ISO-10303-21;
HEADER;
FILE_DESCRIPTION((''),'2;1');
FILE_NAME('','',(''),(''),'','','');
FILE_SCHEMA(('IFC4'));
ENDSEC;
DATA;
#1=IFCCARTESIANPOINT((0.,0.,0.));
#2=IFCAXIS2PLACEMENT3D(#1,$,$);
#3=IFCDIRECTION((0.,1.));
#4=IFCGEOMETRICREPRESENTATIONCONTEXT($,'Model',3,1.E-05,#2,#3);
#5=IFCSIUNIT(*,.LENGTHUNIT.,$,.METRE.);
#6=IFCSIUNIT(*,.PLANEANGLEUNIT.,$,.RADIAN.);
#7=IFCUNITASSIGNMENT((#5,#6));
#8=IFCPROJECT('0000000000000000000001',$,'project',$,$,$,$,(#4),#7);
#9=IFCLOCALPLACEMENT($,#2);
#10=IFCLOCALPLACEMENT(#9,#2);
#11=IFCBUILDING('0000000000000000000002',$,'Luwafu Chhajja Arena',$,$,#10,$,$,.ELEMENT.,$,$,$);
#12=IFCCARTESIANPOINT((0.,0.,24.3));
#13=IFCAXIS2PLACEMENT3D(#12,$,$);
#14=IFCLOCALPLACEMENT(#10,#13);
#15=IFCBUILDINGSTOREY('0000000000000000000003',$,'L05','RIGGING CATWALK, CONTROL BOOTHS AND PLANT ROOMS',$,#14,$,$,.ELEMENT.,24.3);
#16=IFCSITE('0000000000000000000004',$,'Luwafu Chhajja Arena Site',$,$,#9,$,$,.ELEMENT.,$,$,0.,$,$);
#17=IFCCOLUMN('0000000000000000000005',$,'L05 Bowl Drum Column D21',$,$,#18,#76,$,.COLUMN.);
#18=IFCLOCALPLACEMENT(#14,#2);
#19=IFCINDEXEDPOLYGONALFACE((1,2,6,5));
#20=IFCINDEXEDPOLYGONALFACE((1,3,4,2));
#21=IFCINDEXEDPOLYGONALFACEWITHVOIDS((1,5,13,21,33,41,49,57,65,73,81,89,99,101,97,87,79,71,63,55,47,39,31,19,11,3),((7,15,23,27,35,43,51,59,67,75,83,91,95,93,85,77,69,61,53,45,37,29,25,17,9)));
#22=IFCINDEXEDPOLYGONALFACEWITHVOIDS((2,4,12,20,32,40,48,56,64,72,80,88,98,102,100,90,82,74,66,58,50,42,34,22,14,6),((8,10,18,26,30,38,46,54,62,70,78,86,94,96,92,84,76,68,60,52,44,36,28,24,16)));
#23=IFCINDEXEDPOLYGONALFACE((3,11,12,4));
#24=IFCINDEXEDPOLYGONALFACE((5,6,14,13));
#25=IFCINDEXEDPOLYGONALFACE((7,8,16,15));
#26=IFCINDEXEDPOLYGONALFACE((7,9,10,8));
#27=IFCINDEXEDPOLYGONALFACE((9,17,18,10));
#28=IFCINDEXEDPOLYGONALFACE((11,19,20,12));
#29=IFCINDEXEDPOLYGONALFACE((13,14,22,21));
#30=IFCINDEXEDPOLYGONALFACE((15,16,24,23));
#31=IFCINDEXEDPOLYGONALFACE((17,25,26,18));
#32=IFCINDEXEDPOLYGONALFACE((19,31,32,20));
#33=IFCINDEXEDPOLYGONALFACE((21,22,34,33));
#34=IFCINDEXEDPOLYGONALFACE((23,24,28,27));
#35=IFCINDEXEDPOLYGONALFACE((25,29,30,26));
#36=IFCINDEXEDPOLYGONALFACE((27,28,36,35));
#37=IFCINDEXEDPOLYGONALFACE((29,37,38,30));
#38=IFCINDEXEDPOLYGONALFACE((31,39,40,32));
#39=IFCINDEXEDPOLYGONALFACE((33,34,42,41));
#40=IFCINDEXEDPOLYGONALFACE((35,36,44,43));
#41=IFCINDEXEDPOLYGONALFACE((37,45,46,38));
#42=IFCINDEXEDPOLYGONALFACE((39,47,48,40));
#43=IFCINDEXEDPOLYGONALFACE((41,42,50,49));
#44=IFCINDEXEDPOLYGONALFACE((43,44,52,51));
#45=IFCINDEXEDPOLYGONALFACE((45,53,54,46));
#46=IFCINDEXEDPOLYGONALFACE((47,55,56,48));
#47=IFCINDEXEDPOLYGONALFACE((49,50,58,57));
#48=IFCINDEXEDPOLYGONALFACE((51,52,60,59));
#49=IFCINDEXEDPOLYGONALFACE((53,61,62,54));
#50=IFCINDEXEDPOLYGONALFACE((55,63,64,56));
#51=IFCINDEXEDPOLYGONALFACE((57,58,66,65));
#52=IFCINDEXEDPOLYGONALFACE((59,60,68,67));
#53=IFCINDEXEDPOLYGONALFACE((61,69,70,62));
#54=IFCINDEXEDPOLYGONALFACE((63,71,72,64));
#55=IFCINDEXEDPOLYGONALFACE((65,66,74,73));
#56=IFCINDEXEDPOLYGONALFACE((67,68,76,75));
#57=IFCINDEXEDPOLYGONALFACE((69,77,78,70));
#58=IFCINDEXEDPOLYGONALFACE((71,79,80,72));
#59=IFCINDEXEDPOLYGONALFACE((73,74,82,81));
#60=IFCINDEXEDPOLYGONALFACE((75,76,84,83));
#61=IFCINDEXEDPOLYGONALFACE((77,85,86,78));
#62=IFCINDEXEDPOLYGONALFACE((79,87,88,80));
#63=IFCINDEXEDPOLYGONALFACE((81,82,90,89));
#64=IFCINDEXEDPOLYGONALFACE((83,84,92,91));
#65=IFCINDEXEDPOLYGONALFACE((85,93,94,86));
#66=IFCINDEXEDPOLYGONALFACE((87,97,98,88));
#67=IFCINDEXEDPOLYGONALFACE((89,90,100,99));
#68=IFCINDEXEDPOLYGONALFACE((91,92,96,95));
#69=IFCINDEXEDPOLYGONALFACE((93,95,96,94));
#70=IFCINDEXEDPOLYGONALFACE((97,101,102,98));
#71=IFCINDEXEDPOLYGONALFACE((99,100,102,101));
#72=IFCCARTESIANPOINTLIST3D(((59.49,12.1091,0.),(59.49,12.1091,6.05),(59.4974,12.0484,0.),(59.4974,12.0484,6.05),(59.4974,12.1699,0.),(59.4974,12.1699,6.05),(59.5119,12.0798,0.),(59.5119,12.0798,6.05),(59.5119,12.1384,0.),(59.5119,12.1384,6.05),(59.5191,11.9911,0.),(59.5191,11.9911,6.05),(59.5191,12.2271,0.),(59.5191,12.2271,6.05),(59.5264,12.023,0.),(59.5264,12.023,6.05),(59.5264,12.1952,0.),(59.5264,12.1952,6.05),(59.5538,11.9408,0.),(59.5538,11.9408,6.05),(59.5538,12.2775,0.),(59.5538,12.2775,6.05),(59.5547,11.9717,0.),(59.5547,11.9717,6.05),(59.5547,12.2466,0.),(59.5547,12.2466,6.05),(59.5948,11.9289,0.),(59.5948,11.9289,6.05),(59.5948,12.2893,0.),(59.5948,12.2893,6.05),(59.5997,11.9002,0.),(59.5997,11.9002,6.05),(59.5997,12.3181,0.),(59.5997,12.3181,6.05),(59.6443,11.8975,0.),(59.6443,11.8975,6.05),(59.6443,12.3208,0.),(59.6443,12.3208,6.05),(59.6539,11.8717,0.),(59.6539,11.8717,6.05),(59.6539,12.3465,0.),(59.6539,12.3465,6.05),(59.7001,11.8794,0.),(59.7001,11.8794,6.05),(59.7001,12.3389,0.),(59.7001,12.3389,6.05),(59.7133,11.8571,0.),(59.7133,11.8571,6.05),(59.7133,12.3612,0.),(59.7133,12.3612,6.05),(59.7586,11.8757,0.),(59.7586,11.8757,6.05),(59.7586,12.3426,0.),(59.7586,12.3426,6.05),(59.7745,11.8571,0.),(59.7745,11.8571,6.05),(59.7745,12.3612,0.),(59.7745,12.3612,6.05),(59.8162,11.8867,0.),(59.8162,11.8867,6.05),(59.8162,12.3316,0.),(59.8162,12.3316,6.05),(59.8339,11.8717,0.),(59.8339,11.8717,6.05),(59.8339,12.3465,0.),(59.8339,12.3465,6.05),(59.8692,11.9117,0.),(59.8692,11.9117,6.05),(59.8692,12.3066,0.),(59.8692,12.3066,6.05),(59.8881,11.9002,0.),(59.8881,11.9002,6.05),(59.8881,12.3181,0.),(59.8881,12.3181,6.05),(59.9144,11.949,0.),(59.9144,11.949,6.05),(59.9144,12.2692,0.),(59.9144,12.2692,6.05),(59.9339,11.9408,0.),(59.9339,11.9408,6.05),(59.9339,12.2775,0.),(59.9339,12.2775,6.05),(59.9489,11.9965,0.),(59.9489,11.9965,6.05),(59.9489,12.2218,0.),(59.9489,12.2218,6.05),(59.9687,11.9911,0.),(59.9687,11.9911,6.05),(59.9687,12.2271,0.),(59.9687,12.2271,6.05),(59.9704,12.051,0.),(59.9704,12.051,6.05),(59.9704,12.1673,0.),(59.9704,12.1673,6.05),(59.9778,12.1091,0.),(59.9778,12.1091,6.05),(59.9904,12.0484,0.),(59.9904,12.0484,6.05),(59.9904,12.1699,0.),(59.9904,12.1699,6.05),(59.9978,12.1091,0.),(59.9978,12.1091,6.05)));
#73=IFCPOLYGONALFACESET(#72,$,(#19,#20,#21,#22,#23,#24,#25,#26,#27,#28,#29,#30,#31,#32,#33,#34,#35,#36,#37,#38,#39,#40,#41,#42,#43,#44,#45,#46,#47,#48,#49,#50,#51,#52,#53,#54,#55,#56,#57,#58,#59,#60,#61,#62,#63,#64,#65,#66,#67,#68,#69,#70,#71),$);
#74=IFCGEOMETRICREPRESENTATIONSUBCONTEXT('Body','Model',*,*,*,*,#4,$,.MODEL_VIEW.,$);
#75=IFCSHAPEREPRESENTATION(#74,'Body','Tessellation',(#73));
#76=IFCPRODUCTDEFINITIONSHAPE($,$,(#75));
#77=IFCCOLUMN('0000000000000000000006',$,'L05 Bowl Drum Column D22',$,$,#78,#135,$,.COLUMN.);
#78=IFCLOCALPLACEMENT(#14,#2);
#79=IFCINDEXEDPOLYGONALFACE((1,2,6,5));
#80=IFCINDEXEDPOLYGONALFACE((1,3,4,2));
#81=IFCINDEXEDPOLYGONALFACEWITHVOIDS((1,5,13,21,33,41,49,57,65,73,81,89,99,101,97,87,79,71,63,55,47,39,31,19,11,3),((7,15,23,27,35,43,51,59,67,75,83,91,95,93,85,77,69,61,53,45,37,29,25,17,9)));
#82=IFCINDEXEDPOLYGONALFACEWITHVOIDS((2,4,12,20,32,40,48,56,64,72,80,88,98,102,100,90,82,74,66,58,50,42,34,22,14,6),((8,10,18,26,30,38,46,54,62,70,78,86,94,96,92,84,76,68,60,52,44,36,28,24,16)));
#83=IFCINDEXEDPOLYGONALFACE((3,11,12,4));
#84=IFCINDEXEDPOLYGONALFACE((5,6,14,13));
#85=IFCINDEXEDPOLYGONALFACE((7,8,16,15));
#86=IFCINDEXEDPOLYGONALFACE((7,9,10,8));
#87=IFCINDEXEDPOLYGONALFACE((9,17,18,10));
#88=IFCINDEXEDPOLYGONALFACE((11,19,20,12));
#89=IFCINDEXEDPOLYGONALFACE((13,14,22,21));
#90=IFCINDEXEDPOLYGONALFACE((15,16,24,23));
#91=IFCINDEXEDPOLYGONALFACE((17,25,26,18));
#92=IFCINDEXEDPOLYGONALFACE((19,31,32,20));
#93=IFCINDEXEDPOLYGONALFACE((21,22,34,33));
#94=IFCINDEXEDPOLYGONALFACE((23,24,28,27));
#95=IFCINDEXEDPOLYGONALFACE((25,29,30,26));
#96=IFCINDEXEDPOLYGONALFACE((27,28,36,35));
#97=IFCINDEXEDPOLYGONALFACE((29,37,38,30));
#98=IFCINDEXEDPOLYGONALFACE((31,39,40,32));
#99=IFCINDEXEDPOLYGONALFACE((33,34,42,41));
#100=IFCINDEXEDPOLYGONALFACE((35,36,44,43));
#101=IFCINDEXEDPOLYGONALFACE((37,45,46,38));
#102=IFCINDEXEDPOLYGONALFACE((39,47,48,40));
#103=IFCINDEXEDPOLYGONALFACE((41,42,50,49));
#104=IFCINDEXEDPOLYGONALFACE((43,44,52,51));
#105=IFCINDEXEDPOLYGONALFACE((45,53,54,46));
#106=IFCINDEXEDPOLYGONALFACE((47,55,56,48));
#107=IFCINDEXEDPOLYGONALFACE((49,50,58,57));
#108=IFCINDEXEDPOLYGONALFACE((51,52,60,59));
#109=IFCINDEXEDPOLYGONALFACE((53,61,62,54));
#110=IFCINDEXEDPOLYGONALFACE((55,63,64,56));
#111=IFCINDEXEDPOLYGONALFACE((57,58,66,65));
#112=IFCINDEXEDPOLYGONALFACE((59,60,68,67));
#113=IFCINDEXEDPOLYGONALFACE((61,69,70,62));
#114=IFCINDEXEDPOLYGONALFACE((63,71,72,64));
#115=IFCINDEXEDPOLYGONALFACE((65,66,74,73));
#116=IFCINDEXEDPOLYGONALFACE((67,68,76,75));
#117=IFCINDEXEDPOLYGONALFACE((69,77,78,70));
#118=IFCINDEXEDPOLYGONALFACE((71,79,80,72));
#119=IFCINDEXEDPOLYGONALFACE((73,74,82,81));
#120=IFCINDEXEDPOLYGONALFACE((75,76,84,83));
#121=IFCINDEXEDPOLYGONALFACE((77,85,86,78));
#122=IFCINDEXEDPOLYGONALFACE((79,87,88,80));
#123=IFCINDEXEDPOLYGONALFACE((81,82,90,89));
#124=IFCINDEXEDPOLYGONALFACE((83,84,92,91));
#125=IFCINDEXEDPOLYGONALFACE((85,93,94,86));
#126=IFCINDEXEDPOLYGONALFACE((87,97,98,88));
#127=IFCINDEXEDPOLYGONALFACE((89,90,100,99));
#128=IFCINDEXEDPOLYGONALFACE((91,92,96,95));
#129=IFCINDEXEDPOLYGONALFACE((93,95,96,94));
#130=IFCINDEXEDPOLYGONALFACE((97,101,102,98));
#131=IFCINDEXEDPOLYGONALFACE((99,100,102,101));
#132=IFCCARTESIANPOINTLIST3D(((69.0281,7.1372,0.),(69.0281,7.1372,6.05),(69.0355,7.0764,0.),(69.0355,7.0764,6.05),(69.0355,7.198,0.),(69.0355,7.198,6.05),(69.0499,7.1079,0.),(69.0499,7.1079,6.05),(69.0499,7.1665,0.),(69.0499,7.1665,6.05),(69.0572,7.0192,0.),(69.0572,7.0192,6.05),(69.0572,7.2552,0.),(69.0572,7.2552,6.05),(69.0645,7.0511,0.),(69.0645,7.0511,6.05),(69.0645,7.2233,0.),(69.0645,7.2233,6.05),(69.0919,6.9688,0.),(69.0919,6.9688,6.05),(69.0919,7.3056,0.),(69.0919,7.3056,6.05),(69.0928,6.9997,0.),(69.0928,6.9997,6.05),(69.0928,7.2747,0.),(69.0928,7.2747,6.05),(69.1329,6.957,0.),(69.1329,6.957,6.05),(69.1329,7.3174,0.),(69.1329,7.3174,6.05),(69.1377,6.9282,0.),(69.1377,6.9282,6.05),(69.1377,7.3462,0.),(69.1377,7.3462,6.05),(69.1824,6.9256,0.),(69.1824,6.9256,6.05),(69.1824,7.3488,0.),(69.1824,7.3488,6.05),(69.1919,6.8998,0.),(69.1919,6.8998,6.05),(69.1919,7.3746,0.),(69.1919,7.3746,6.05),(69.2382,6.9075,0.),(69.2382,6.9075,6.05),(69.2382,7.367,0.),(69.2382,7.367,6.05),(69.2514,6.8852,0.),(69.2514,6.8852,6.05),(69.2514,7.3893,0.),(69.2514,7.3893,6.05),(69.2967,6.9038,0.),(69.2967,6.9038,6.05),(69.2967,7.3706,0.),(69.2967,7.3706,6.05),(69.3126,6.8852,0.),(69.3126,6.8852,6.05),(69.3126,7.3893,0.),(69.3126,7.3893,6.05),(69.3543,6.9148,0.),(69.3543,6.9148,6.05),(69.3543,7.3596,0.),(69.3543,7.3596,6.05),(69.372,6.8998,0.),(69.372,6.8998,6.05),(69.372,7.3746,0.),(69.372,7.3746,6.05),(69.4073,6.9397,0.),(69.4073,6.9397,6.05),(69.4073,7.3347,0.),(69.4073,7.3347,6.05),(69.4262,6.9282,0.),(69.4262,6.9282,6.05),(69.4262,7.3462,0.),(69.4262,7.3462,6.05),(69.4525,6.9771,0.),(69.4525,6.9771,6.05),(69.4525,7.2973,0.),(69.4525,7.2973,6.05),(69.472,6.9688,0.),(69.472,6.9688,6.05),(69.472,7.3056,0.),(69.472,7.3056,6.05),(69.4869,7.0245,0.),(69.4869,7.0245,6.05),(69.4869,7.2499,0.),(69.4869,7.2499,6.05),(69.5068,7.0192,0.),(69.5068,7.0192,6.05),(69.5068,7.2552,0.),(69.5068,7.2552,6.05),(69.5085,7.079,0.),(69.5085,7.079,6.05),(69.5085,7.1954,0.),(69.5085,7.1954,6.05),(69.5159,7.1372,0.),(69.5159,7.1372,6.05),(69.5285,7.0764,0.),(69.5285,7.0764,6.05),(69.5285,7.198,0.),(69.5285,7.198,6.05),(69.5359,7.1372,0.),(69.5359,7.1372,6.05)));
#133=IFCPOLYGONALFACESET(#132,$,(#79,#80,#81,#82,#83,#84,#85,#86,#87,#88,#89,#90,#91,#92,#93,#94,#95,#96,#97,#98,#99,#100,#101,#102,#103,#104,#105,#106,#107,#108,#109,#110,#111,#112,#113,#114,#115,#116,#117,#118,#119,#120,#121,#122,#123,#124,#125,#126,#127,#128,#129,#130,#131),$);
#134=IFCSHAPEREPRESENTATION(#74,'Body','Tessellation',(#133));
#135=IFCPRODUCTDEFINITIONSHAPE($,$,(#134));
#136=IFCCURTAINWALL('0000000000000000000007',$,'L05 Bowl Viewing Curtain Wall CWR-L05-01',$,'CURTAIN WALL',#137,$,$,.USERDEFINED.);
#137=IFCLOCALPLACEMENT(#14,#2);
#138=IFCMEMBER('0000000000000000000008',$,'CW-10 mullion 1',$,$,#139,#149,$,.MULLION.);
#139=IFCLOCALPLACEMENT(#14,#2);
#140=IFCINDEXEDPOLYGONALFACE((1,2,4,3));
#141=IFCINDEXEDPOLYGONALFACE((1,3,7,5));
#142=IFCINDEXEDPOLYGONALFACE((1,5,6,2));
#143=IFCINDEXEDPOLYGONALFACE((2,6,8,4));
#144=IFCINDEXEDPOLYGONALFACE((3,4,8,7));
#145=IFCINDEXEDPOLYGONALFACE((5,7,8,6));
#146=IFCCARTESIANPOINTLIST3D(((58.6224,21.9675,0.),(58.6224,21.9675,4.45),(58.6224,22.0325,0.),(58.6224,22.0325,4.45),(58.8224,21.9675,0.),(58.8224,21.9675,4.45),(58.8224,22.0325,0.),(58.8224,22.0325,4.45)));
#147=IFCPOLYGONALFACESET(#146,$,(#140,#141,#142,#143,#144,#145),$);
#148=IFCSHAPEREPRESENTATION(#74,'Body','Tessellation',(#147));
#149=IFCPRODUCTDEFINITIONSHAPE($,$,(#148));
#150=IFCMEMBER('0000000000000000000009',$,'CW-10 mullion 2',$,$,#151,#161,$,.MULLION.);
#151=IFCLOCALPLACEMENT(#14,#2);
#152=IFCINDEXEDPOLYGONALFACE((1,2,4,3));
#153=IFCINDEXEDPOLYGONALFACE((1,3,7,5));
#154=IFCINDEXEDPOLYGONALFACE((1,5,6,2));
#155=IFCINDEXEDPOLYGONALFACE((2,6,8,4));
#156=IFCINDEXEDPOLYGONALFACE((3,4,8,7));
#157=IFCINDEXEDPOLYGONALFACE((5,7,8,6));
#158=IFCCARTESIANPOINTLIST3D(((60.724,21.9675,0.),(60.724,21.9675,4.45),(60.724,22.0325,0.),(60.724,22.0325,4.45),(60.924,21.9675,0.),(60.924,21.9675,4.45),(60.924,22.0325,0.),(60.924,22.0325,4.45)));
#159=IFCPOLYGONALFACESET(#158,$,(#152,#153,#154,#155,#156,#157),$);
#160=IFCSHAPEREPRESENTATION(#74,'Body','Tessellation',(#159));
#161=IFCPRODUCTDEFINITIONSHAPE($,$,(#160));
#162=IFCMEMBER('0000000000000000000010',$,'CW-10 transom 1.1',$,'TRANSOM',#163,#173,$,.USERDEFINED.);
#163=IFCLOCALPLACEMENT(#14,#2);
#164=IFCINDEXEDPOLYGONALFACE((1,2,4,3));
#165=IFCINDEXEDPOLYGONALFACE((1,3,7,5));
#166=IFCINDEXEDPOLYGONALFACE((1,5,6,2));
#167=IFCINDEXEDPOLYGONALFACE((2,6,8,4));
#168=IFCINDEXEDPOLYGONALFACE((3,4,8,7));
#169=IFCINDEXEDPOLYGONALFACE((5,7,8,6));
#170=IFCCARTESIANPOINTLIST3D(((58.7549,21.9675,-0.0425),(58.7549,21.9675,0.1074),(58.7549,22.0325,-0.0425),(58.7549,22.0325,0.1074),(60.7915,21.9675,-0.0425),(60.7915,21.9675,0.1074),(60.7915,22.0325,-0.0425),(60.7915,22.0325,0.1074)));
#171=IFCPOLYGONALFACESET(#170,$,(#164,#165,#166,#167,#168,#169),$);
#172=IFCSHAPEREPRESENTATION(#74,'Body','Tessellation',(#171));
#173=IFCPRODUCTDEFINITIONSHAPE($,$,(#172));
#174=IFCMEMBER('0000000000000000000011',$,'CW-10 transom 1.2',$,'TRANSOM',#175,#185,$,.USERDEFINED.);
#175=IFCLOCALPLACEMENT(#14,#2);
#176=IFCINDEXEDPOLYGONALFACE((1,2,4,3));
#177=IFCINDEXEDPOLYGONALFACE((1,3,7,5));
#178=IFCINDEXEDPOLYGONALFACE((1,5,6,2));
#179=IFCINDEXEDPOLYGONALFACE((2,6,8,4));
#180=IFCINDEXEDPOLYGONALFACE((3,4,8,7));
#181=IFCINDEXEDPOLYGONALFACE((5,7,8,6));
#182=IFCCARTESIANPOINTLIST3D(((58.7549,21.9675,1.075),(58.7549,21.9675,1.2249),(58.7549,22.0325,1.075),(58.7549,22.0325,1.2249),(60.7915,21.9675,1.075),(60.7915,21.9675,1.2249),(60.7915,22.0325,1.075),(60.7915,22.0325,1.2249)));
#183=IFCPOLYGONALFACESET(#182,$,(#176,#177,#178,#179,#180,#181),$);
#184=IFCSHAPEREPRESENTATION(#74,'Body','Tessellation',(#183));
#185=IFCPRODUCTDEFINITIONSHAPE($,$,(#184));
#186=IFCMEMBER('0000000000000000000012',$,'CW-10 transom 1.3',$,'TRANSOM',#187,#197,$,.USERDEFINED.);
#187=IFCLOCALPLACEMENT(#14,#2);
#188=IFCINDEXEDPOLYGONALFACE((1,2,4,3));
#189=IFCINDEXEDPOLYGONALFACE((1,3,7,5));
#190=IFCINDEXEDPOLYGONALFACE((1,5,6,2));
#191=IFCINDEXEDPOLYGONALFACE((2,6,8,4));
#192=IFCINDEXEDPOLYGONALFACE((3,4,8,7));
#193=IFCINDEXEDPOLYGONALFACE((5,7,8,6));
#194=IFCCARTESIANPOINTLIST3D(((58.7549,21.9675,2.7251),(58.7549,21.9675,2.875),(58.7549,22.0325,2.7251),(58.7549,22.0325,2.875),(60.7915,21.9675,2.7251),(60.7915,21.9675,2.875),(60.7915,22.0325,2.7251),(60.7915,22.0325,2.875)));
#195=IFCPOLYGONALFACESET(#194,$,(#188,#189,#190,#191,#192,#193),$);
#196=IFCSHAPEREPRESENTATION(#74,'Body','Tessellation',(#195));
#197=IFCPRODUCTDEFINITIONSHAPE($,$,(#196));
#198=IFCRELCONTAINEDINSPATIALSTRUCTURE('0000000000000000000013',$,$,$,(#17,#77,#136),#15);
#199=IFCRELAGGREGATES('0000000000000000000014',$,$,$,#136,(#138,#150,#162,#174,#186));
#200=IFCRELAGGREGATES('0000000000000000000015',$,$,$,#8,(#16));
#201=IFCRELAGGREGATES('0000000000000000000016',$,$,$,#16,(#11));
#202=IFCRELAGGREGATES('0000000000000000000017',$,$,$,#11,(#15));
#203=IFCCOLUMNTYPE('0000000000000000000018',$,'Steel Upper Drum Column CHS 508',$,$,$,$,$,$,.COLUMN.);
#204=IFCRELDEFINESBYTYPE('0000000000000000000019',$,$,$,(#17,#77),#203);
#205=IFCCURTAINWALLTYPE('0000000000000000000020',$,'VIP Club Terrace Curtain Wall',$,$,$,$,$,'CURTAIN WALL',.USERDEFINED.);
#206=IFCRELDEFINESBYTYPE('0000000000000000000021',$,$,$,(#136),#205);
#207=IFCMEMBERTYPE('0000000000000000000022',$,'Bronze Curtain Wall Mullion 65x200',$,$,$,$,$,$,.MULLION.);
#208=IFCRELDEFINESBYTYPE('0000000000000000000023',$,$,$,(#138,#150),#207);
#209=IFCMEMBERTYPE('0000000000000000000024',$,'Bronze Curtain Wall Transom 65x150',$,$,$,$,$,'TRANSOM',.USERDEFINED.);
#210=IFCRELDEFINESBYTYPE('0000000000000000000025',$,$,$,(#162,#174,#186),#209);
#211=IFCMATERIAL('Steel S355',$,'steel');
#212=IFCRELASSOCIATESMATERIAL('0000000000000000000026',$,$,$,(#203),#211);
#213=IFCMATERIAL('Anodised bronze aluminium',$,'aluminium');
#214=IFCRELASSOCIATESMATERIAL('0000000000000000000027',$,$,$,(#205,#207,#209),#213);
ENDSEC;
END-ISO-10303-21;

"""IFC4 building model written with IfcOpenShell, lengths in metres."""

from ifc_helpers import new_model, si_unit, direction, frame, origin, origin_2d, place, context, subcontext, project, spatial, rectangle, hollow_circle, extrude, material, material_profile, profile_set, type_object, element, aggregate, save


model = new_model("IFC4")

# Units and contexts
model_context = context("Model", 3, precision=1e-05, world=origin(), true_north=direction((0.0, 1.0)))
body_context = subcontext(model_context, "Body", "Model", "MODEL_VIEW")
ifc_project = project(units=[si_unit("LENGTHUNIT", "METRE"), si_unit("PLANEANGLEUNIT", "RADIAN")], contexts=[model_context])

# Site, building, storey
site_placement = place(None, origin())
site = spatial("IfcSite", under=ifc_project, at=site_placement, Name="Luwafu Chhajja Arena Site", CompositionType="ELEMENT", RefElevation=0.0)
building_placement = place(site_placement, origin())
building = spatial("IfcBuilding", under=site, at=building_placement, Name="Luwafu Chhajja Arena", CompositionType="ELEMENT")
storey_placement = place(building_placement, frame((0.0, 0.0, 24.3)))
storey = spatial("IfcBuildingStorey", under=building, at=storey_placement, Name="L05", Description="RIGGING CATWALK, CONTROL BOOTHS AND PLANT ROOMS", CompositionType="ELEMENT", Elevation=24.3)

# Columns
ifc_material_1 = material(Name="Steel S355", Category="steel")
ifc_material_profile_1 = material_profile(ifc_material_1, hollow_circle(Radius=0.2539, WallThickness=0.02, at=origin_2d()), Name="CHS 508x20")
ifc_profile_set_1 = profile_set([ifc_material_profile_1], Name="Steel S355")
column_type = type_object("IfcColumnType", Name="Steel Upper Drum Column CHS 508", PredefinedType="COLUMN", material=ifc_profile_set_1)
for number, where, z_axis, x_axis, name in (
    (1, (59.7439, 12.1091, 0.0), (0.0, 0.0, 1.0), (1.0, 0.0, 0.0), "L05 Bowl Drum Column D21"),
    (2, (69.282, 7.1372, 0.0), (0.0, 0.0, 1.0), (1.0, 0.0, 0.0), "L05 Bowl Drum Column D22"),
):
    element("IfcColumn", number, at=place(storey_placement, frame(where, z_axis=z_axis, x_axis=x_axis)), inside=storey, type_object=column_type, Name=name, PredefinedType="COLUMN", context=body_context, shape_type="SweptSolid", body=[
        extrude(hollow_circle(Radius=0.2539, WallThickness=0.02, at=origin_2d()), origin(), (0.0, 0.0, 1.0), 6.05),
    ])

# Curtain wall, members
ifc_material_2 = material(Name="Anodised bronze aluminium", Category="aluminium")
curtain_wall_type = type_object("IfcCurtainWallType", Name="VIP Club Terrace Curtain Wall", ElementType="CURTAIN WALL", PredefinedType="USERDEFINED", material=ifc_material_2)
curtain_wall_placement = place(storey_placement, origin())
curtain_wall = element("IfcCurtainWall", 3, at=curtain_wall_placement, inside=storey, type_object=curtain_wall_type, Name="L05 Bowl Viewing Curtain Wall CWR-L05-01", ObjectType="CURTAIN WALL", PredefinedType="USERDEFINED")
ifc_material_profile_2 = material_profile(ifc_material_2, rectangle(XDim=0.0649, YDim=0.2, at=origin_2d()), Name="CWM 65x200")
ifc_profile_set_2 = profile_set([ifc_material_profile_2], Name="Anodised bronze aluminium")
member_type_1 = type_object("IfcMemberType", Name="Bronze Curtain Wall Mullion 65x200", PredefinedType="MULLION", material=ifc_profile_set_2)
member_1_placement = place(storey_placement, frame((58.7224, 22.0, 0.0), z_axis=(0.0, 0.0, 1.0), x_axis=(0.0, 1.0, 0.0)))
member_1 = element("IfcMember", 4, at=member_1_placement, type_object=member_type_1, Name="CW-10 mullion 1", PredefinedType="MULLION", context=body_context, shape_type="SweptSolid", body=[
    extrude(rectangle(XDim=0.0649, YDim=0.2, at=origin_2d()), origin(), (0.0, 0.0, 1.0), 4.45),
])
member_2_placement = place(storey_placement, frame((60.824, 22.0, 0.0), z_axis=(0.0, 0.0, 1.0), x_axis=(0.0, 1.0, 0.0)))
member_2 = element("IfcMember", 5, at=member_2_placement, type_object=member_type_1, Name="CW-10 mullion 2", PredefinedType="MULLION", context=body_context, shape_type="SweptSolid", body=[
    extrude(rectangle(XDim=0.0649, YDim=0.2, at=origin_2d()), origin(), (0.0, 0.0, 1.0), 4.45),
])
ifc_material_profile_3 = material_profile(ifc_material_2, rectangle(XDim=0.0649, YDim=0.1499, at=origin_2d()), Name="CWT 65x150")
ifc_profile_set_3 = profile_set([ifc_material_profile_3], Name="Anodised bronze aluminium")
member_type_2 = type_object("IfcMemberType", Name="Bronze Curtain Wall Transom 65x150", ElementType="TRANSOM", PredefinedType="USERDEFINED", material=ifc_profile_set_3)
member_3_placement = place(storey_placement, frame((58.7549, 22.0, 0.0325), z_axis=(1.0, 0.0, 0.0), x_axis=(0.0, 1.0, 0.0)))
member_3 = element("IfcMember", 6, at=member_3_placement, type_object=member_type_2, Name="CW-10 transom 1.1", ObjectType="TRANSOM", PredefinedType="USERDEFINED", context=body_context, shape_type="SweptSolid", body=[
    extrude(rectangle(XDim=0.0649, YDim=0.1499, at=origin_2d()), origin(), (0.0, 0.0, 1.0), 2.0366),
])
member_4_placement = place(storey_placement, frame((58.7549, 22.0, 1.1499), z_axis=(1.0, 0.0, 0.0), x_axis=(0.0, 1.0, 0.0)))
member_4 = element("IfcMember", 7, at=member_4_placement, type_object=member_type_2, Name="CW-10 transom 1.2", ObjectType="TRANSOM", PredefinedType="USERDEFINED", context=body_context, shape_type="SweptSolid", body=[
    extrude(rectangle(XDim=0.0649, YDim=0.1499, at=origin_2d()), origin(), (0.0, 0.0, 1.0), 2.0366),
])
member_5_placement = place(storey_placement, frame((58.7549, 22.0, 2.8), z_axis=(1.0, 0.0, 0.0), x_axis=(0.0, 1.0, 0.0)))
member_5 = element("IfcMember", 8, at=member_5_placement, type_object=member_type_2, Name="CW-10 transom 1.3", ObjectType="TRANSOM", PredefinedType="USERDEFINED", context=body_context, shape_type="SweptSolid", body=[
    extrude(rectangle(XDim=0.0649, YDim=0.1499, at=origin_2d()), origin(), (0.0, 0.0, 1.0), 2.0366),
])

aggregate(curtain_wall, [member_1, member_2, member_3, member_4, member_5])

save(model, "model.ifc")
